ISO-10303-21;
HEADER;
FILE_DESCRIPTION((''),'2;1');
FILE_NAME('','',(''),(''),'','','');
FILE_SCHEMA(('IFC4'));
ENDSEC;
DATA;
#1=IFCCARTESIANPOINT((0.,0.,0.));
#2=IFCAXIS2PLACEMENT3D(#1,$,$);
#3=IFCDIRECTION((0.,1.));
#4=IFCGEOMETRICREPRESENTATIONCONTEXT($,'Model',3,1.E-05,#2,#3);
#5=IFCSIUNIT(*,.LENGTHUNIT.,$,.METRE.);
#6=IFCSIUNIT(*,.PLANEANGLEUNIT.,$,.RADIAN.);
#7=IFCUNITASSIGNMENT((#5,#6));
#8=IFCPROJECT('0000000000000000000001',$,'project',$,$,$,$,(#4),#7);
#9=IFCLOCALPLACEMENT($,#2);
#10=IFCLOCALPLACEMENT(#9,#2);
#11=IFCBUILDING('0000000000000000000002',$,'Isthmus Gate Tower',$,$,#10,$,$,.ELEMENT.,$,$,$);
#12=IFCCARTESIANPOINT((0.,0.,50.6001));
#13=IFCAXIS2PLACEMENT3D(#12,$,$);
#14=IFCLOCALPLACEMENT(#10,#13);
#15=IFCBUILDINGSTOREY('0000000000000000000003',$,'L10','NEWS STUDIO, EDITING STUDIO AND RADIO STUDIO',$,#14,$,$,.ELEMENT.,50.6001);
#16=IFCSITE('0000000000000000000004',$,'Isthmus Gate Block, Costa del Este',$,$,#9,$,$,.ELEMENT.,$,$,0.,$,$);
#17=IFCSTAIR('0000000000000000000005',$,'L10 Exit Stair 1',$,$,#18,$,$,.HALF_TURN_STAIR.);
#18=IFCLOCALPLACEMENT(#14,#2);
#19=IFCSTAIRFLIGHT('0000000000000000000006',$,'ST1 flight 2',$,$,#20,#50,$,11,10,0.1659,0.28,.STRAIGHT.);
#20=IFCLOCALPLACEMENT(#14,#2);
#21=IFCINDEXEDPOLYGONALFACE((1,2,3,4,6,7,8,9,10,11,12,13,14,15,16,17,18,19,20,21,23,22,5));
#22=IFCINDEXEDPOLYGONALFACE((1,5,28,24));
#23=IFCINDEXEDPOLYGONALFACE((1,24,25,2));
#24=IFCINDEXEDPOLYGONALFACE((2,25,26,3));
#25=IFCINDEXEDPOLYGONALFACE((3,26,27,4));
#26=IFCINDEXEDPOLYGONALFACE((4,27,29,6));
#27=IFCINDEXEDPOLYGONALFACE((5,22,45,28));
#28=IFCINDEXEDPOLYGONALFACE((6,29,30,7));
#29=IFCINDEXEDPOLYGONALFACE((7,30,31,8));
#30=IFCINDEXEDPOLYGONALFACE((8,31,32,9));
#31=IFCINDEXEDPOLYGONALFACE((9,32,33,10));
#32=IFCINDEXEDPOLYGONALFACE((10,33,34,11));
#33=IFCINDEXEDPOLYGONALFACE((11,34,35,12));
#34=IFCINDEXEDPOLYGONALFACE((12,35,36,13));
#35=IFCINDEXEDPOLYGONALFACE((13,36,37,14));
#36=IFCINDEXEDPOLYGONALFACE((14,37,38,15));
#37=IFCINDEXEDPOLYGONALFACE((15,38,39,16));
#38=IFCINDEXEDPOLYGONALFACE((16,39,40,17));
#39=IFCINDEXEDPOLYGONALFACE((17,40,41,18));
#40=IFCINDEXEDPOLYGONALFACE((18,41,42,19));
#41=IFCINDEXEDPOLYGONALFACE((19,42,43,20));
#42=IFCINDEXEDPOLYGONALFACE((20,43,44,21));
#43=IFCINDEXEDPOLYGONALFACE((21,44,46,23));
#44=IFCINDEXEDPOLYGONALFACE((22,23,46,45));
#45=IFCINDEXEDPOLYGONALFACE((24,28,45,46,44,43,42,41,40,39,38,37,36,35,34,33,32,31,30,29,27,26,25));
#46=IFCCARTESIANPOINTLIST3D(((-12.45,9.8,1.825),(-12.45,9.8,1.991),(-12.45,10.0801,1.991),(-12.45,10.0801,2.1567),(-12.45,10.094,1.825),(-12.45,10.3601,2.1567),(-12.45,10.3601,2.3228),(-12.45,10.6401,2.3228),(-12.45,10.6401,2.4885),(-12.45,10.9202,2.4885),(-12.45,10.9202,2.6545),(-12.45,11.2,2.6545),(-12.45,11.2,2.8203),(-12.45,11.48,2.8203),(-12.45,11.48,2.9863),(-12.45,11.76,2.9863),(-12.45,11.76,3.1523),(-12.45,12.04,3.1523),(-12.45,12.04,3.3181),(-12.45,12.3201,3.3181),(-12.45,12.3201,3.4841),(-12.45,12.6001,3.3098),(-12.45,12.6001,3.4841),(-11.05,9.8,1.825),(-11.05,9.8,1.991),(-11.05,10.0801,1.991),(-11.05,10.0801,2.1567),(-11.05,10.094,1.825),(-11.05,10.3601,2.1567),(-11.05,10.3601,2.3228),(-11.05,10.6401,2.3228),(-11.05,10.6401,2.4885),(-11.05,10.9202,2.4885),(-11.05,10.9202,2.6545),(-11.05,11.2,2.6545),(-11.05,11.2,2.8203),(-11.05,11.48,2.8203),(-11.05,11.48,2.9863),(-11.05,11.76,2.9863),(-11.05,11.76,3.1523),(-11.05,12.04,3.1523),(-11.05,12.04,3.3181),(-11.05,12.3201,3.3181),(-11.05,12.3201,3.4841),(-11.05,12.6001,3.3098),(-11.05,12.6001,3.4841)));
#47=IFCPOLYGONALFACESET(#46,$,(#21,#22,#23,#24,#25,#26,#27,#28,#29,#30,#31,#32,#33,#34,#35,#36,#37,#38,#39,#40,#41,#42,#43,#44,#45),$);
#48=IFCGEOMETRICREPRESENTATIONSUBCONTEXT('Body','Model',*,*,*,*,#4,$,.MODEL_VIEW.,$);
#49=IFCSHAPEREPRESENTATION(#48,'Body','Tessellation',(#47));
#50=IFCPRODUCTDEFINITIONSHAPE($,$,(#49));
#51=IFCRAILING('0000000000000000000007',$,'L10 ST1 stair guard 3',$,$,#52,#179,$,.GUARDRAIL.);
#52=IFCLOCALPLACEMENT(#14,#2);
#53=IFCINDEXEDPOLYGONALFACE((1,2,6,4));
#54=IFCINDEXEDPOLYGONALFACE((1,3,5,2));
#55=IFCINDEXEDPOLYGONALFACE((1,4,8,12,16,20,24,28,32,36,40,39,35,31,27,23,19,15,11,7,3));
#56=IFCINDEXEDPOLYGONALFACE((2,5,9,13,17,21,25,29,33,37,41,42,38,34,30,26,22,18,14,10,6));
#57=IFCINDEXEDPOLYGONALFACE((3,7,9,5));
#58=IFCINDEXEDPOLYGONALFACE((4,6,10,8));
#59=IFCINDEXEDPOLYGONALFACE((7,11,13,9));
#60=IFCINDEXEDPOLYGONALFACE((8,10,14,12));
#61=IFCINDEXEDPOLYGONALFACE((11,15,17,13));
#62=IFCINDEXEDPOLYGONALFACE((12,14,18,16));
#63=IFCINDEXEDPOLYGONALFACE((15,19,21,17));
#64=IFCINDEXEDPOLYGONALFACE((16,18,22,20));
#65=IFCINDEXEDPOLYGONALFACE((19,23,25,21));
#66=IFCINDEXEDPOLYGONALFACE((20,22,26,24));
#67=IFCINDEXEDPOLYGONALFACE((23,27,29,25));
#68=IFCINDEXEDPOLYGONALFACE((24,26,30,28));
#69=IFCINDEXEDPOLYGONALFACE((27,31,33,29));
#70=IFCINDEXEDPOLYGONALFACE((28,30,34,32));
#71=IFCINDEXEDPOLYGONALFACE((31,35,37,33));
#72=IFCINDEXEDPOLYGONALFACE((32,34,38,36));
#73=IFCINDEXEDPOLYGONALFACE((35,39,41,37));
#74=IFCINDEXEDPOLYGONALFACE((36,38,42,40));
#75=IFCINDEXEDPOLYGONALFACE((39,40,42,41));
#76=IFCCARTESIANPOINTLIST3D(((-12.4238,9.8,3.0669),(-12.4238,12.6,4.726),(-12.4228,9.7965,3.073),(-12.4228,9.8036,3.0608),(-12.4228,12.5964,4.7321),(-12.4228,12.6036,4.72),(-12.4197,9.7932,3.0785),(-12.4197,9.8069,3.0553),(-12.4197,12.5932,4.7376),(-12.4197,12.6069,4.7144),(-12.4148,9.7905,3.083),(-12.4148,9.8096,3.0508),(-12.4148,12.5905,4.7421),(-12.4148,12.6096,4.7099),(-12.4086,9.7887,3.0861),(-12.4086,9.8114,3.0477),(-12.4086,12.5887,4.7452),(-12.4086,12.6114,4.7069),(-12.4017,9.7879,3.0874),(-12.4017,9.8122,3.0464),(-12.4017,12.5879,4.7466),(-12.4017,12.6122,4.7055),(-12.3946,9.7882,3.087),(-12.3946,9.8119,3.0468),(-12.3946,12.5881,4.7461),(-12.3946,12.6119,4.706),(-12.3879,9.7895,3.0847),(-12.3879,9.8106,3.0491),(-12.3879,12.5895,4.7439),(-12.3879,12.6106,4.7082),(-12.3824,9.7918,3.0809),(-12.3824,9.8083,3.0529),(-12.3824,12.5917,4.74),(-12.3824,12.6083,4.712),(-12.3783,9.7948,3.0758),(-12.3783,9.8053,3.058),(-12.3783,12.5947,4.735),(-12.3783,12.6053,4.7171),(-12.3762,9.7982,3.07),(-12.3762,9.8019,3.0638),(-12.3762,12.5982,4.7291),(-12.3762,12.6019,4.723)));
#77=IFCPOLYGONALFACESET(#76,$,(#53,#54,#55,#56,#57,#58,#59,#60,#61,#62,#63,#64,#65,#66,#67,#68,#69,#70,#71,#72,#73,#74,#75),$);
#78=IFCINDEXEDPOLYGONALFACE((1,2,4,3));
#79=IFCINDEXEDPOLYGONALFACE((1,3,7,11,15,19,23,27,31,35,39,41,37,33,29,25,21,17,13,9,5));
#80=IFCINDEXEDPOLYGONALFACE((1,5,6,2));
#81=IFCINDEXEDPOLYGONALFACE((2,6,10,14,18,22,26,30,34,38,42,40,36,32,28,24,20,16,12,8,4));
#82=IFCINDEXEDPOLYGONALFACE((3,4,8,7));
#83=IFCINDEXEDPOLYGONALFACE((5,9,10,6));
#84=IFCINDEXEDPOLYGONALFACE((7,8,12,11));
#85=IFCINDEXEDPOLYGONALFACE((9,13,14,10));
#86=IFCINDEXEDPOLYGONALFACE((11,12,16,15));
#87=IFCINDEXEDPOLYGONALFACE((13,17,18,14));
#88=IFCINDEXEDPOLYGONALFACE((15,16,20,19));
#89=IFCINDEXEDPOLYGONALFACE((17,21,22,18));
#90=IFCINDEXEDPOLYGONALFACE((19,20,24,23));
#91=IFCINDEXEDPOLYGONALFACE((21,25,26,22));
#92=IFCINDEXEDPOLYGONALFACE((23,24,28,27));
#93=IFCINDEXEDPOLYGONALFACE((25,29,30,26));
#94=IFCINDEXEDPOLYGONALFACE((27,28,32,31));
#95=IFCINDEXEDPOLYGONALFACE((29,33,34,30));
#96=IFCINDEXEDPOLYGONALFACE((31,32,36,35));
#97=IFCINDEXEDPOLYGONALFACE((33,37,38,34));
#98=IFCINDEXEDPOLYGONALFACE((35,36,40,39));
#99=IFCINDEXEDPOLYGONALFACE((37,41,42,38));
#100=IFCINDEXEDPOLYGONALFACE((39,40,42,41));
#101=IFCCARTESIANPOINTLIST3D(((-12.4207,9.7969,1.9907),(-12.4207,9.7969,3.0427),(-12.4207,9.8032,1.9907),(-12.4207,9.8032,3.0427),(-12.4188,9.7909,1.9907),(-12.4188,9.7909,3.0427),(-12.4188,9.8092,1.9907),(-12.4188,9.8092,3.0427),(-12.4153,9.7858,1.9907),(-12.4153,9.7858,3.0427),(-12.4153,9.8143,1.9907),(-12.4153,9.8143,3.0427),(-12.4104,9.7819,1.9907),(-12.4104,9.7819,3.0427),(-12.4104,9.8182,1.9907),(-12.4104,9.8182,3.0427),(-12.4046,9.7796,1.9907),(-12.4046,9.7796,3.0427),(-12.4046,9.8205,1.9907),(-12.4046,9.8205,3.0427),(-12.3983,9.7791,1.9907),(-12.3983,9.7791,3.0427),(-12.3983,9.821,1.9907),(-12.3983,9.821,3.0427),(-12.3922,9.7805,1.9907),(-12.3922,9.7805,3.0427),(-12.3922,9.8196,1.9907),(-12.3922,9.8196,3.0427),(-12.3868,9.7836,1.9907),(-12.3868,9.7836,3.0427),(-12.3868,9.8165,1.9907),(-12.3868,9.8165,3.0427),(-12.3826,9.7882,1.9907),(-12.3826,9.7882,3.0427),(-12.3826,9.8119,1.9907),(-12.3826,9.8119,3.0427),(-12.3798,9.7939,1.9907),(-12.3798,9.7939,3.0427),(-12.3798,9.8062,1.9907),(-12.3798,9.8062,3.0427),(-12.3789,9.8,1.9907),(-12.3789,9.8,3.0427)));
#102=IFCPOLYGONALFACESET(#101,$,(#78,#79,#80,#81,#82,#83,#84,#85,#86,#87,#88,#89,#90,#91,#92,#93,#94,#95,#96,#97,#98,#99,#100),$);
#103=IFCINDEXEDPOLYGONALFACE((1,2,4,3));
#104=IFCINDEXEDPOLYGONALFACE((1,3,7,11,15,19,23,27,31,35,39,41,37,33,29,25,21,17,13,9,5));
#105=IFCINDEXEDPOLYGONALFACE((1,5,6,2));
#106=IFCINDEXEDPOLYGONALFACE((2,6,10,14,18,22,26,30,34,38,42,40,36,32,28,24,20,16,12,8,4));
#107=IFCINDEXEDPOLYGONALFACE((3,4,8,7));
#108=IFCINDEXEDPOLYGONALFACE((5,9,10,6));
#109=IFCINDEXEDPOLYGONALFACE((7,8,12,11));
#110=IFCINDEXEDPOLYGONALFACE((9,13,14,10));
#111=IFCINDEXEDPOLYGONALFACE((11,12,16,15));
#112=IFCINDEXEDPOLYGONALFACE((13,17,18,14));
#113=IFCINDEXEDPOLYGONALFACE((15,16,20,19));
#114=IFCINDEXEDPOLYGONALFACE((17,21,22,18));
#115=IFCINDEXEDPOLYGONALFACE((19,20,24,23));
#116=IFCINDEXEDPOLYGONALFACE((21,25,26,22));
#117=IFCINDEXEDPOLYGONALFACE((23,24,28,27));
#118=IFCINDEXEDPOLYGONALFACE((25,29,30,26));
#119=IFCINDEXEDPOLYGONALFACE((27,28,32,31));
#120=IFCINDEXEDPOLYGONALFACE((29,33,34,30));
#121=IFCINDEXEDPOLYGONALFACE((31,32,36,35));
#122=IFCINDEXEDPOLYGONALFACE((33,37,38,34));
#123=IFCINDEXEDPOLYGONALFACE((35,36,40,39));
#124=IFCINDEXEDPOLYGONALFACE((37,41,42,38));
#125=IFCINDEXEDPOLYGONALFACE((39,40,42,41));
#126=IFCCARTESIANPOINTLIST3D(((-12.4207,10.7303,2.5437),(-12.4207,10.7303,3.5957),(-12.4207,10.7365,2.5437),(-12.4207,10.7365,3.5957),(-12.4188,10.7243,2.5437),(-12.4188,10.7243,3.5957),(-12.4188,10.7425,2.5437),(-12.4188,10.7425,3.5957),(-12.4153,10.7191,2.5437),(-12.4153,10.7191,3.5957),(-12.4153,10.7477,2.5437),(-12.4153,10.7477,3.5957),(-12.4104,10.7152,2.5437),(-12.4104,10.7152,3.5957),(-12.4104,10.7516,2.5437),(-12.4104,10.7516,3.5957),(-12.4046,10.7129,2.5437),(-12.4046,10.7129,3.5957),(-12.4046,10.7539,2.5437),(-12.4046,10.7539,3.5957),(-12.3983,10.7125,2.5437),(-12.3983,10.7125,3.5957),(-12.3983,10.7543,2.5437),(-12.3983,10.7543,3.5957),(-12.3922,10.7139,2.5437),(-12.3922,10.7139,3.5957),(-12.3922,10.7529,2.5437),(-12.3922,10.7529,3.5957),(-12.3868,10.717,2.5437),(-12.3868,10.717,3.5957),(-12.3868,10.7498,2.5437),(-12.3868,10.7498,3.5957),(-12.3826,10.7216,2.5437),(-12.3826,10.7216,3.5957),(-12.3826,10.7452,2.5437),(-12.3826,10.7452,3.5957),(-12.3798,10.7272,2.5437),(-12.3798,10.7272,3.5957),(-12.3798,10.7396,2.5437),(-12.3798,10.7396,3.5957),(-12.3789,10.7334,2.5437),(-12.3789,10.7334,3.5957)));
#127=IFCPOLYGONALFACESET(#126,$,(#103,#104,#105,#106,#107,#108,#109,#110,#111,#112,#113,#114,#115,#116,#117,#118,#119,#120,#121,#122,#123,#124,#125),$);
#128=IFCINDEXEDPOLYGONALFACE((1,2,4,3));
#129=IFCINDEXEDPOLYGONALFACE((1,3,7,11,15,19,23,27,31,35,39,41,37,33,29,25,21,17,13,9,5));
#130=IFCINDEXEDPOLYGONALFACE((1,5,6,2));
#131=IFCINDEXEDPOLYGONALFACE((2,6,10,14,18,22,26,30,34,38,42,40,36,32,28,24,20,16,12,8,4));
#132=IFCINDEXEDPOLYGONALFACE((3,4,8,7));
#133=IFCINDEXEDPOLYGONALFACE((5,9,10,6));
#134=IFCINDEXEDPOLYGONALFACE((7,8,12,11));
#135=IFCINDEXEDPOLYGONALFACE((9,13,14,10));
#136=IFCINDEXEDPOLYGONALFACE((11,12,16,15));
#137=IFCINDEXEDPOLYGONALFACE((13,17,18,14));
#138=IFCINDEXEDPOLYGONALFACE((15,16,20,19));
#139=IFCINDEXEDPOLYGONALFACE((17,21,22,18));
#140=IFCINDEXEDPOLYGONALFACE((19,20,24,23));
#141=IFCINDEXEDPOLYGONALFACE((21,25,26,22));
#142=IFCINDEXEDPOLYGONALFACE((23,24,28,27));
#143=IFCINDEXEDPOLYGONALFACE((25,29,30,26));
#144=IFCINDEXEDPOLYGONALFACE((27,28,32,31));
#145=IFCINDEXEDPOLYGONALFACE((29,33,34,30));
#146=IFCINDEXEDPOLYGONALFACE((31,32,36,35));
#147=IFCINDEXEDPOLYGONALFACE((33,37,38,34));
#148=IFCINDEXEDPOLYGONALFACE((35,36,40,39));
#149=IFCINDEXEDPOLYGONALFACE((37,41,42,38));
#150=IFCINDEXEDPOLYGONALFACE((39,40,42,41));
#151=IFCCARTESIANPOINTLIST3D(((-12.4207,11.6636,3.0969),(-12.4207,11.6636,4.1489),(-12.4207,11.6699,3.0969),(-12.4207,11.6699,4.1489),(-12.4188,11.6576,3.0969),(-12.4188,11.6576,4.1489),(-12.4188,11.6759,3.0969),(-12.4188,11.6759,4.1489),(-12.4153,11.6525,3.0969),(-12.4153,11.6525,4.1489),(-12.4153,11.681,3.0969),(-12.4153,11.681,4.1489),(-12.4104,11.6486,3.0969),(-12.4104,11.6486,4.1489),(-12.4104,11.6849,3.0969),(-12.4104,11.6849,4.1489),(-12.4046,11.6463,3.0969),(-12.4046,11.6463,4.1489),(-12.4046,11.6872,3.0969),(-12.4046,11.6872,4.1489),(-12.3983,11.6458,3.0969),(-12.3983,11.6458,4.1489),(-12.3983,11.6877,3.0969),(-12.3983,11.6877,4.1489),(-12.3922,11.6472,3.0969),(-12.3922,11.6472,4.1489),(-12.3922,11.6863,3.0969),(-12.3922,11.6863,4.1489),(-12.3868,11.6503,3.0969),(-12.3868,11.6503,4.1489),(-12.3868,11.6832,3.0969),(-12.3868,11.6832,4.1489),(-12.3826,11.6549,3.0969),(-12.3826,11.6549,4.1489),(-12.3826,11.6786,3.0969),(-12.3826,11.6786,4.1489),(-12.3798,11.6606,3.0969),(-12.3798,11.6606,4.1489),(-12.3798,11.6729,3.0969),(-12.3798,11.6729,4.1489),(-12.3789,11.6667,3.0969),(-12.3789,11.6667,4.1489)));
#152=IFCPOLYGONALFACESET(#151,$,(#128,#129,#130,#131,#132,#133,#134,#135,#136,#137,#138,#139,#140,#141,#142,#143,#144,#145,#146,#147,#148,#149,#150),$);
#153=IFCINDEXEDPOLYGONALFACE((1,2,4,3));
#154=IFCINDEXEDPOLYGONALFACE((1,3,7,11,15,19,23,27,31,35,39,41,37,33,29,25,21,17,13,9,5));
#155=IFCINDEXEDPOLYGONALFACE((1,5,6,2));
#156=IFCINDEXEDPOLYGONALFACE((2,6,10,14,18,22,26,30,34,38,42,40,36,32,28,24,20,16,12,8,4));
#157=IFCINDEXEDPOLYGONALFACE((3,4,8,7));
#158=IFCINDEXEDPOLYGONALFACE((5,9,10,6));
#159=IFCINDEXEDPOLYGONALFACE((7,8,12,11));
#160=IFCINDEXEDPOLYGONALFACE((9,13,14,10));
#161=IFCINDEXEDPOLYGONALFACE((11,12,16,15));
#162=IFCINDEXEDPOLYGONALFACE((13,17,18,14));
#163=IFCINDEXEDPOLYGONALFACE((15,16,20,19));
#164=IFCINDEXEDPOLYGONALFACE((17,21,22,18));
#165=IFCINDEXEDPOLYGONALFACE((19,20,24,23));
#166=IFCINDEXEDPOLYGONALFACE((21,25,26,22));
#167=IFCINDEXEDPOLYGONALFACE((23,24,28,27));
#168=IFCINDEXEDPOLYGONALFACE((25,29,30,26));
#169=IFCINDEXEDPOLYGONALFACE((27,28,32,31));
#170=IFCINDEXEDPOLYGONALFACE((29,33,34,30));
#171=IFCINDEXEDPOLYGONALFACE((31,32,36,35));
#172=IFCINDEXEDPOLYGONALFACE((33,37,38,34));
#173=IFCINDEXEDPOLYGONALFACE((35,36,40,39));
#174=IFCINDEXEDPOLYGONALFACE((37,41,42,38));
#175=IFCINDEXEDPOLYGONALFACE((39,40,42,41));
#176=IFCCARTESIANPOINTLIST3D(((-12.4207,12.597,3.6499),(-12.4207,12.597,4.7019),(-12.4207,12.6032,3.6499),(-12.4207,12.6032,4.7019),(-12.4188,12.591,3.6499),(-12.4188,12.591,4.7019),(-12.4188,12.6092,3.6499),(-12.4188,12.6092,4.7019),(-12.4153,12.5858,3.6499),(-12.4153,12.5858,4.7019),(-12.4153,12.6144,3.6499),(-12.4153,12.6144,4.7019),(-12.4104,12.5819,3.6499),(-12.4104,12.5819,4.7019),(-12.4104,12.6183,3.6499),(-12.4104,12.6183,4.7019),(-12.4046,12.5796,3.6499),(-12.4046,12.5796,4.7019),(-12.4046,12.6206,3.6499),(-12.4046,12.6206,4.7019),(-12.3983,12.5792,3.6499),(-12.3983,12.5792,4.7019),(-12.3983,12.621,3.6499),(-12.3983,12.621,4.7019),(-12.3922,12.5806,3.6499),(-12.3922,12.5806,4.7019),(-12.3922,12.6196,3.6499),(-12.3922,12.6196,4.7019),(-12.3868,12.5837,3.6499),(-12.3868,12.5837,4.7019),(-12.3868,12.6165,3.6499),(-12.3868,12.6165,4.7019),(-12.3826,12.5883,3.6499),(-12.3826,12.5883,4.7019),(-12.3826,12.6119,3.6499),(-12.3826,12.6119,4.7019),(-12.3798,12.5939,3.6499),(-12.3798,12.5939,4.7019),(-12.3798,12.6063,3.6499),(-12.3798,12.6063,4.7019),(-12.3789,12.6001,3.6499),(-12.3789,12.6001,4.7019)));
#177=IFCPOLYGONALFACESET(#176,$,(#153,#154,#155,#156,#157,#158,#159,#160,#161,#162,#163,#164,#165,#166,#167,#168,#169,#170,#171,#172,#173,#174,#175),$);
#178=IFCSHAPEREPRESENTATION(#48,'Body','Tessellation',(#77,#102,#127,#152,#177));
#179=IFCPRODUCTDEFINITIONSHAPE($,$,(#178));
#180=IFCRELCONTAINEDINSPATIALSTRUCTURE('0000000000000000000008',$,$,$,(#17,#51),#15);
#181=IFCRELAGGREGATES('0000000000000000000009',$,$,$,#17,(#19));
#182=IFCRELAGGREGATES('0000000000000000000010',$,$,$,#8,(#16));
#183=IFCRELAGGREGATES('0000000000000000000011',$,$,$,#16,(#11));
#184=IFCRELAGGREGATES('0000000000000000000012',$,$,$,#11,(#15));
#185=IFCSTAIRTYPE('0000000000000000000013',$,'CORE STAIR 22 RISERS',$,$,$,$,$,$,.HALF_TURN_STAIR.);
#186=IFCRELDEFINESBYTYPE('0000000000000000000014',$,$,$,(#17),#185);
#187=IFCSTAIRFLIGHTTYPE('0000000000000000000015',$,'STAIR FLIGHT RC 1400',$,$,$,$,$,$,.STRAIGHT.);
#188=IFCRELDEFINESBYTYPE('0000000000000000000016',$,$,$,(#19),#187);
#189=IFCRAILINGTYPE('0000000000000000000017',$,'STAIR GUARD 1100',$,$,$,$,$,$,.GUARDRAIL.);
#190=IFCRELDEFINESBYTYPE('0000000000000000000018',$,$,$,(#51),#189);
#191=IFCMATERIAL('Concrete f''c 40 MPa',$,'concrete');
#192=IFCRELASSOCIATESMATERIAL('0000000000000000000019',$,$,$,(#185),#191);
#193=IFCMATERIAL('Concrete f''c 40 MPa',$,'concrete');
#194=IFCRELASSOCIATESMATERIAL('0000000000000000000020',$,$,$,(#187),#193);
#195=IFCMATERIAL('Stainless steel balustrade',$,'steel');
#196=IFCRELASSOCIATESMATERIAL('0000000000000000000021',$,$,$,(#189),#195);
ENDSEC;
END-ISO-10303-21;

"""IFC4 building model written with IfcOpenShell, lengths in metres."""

from ifc_helpers import new_model, si_unit, direction, frame, origin, origin_2d, place, context, subcontext, project, spatial, polyline, circle, outline, extrude, material, type_object, element, aggregate, save


model = new_model("IFC4")

# Units and contexts
model_context = context("Model", 3, precision=1e-05, world=origin(), true_north=direction((0.0, 1.0)))
body_context = subcontext(model_context, "Body", "Model", "MODEL_VIEW")
ifc_project = project(units=[si_unit("LENGTHUNIT", "METRE"), si_unit("PLANEANGLEUNIT", "RADIAN")], contexts=[model_context])

# Site, building, storey
site_placement = place(None, origin())
site = spatial("IfcSite", under=ifc_project, at=site_placement, Name="Isthmus Gate Block, Costa del Este", CompositionType="ELEMENT", RefElevation=0.0)
building_placement = place(site_placement, origin())
building = spatial("IfcBuilding", under=site, at=building_placement, Name="Isthmus Gate Tower", CompositionType="ELEMENT")
storey_placement = place(building_placement, frame((0.0, 0.0, 50.6001)))
storey = spatial("IfcBuildingStorey", under=building, at=storey_placement, Name="L10", Description="NEWS STUDIO, EDITING STUDIO AND RADIO STUDIO", CompositionType="ELEMENT", Elevation=50.6001)

# Stair, stair flight
ifc_material_1 = material(Name="Concrete f'c 40 MPa", Category="concrete")
stair_type = type_object("IfcStairType", Name="CORE STAIR 22 RISERS", PredefinedType="HALF_TURN_STAIR", material=ifc_material_1)
stair_placement = place(storey_placement, origin())
stair = element("IfcStair", 1, at=stair_placement, inside=storey, type_object=stair_type, Name="L10 Exit Stair 1", PredefinedType="HALF_TURN_STAIR")
ifc_material_2 = material(Name="Concrete f'c 40 MPa", Category="concrete")
stair_flight_type = type_object("IfcStairFlightType", Name="STAIR FLIGHT RC 1400", PredefinedType="STRAIGHT", material=ifc_material_2)
stair_flight_placement = place(storey_placement, frame((-11.75, 9.8, 1.825), z_axis=(0.0, 0.0, 1.0), x_axis=(0.0, 1.0, 0.0)))
stair_flight = element("IfcStairFlight", 2, at=stair_flight_placement, type_object=stair_flight_type, Name="ST1 flight 2", NumberOfRisers=11, NumberOfTreads=10, PredefinedType="STRAIGHT", RiserHeight=0.1659, TreadLength=0.28, context=body_context, shape_type="SweptSolid", body=[
    extrude(outline(polyline([(0.0, 0.0), (0.0, 0.166), (0.28, 0.166), (0.28, 0.3318), (0.5601, 0.3318), (0.5601, 0.4978), (0.8401, 0.4978), (0.8401, 0.6636), (1.1201, 0.6636), (1.1201, 0.8296), (1.3999, 0.8296), (1.3999, 0.9954), (1.6799, 0.9954), (1.6799, 1.1614), (1.96, 1.1614), (1.96, 1.3274), (2.24, 1.3274), (2.24, 1.4932), (2.52, 1.4932), (2.52, 1.6592), (2.8, 1.6592), (2.8, 1.825), (2.8, 1.4849), (0.2939, 0.0), (0.0, 0.0)])), frame((0.0, 0.7, 0.0), z_axis=(0.0, -1.0, 0.0), x_axis=(1.0, 0.0, 0.0)), (0.0, 0.0, 1.0), 1.3999),
])
aggregate(stair, [stair_flight])

# Railing
ifc_material_3 = material(Name="Stainless steel balustrade", Category="steel")
railing_type_1 = type_object("IfcRailingType", Name="STAIR GUARD 1100", PredefinedType="GUARDRAIL", material=ifc_material_3)
railing_1_placement = place(storey_placement, frame((-12.3999, 9.8, 1.9907)))
element("IfcRailing", 3, at=railing_1_placement, inside=storey, type_object=railing_type_1, Name="L10 ST1 stair guard 3", PredefinedType="GUARDRAIL", context=body_context, shape_type="SweptSolid", body=[
    extrude(circle(Radius=0.0239, at=origin_2d()), frame((0.0, 0.0, 1.0762), z_axis=(0.0, 0.860306, 0.509778), x_axis=(-1.0, 0.0, 0.0)), (0.0, 0.0, 1.0), 3.2546),
    extrude(circle(Radius=0.021, at=origin_2d()), origin(), (0.0, 0.0, 1.0), 1.052),
    extrude(circle(Radius=0.021, at=origin_2d()), frame((0.0, 0.9333, 0.553)), (0.0, 0.0, 1.0), 1.052),
    extrude(circle(Radius=0.021, at=origin_2d()), frame((0.0, 1.8667, 1.1062)), (0.0, 0.0, 1.0), 1.052),
    extrude(circle(Radius=0.021, at=origin_2d()), frame((0.0, 2.8, 1.6592)), (0.0, 0.0, 1.0), 1.052),
])

save(model, "model.ifc")
